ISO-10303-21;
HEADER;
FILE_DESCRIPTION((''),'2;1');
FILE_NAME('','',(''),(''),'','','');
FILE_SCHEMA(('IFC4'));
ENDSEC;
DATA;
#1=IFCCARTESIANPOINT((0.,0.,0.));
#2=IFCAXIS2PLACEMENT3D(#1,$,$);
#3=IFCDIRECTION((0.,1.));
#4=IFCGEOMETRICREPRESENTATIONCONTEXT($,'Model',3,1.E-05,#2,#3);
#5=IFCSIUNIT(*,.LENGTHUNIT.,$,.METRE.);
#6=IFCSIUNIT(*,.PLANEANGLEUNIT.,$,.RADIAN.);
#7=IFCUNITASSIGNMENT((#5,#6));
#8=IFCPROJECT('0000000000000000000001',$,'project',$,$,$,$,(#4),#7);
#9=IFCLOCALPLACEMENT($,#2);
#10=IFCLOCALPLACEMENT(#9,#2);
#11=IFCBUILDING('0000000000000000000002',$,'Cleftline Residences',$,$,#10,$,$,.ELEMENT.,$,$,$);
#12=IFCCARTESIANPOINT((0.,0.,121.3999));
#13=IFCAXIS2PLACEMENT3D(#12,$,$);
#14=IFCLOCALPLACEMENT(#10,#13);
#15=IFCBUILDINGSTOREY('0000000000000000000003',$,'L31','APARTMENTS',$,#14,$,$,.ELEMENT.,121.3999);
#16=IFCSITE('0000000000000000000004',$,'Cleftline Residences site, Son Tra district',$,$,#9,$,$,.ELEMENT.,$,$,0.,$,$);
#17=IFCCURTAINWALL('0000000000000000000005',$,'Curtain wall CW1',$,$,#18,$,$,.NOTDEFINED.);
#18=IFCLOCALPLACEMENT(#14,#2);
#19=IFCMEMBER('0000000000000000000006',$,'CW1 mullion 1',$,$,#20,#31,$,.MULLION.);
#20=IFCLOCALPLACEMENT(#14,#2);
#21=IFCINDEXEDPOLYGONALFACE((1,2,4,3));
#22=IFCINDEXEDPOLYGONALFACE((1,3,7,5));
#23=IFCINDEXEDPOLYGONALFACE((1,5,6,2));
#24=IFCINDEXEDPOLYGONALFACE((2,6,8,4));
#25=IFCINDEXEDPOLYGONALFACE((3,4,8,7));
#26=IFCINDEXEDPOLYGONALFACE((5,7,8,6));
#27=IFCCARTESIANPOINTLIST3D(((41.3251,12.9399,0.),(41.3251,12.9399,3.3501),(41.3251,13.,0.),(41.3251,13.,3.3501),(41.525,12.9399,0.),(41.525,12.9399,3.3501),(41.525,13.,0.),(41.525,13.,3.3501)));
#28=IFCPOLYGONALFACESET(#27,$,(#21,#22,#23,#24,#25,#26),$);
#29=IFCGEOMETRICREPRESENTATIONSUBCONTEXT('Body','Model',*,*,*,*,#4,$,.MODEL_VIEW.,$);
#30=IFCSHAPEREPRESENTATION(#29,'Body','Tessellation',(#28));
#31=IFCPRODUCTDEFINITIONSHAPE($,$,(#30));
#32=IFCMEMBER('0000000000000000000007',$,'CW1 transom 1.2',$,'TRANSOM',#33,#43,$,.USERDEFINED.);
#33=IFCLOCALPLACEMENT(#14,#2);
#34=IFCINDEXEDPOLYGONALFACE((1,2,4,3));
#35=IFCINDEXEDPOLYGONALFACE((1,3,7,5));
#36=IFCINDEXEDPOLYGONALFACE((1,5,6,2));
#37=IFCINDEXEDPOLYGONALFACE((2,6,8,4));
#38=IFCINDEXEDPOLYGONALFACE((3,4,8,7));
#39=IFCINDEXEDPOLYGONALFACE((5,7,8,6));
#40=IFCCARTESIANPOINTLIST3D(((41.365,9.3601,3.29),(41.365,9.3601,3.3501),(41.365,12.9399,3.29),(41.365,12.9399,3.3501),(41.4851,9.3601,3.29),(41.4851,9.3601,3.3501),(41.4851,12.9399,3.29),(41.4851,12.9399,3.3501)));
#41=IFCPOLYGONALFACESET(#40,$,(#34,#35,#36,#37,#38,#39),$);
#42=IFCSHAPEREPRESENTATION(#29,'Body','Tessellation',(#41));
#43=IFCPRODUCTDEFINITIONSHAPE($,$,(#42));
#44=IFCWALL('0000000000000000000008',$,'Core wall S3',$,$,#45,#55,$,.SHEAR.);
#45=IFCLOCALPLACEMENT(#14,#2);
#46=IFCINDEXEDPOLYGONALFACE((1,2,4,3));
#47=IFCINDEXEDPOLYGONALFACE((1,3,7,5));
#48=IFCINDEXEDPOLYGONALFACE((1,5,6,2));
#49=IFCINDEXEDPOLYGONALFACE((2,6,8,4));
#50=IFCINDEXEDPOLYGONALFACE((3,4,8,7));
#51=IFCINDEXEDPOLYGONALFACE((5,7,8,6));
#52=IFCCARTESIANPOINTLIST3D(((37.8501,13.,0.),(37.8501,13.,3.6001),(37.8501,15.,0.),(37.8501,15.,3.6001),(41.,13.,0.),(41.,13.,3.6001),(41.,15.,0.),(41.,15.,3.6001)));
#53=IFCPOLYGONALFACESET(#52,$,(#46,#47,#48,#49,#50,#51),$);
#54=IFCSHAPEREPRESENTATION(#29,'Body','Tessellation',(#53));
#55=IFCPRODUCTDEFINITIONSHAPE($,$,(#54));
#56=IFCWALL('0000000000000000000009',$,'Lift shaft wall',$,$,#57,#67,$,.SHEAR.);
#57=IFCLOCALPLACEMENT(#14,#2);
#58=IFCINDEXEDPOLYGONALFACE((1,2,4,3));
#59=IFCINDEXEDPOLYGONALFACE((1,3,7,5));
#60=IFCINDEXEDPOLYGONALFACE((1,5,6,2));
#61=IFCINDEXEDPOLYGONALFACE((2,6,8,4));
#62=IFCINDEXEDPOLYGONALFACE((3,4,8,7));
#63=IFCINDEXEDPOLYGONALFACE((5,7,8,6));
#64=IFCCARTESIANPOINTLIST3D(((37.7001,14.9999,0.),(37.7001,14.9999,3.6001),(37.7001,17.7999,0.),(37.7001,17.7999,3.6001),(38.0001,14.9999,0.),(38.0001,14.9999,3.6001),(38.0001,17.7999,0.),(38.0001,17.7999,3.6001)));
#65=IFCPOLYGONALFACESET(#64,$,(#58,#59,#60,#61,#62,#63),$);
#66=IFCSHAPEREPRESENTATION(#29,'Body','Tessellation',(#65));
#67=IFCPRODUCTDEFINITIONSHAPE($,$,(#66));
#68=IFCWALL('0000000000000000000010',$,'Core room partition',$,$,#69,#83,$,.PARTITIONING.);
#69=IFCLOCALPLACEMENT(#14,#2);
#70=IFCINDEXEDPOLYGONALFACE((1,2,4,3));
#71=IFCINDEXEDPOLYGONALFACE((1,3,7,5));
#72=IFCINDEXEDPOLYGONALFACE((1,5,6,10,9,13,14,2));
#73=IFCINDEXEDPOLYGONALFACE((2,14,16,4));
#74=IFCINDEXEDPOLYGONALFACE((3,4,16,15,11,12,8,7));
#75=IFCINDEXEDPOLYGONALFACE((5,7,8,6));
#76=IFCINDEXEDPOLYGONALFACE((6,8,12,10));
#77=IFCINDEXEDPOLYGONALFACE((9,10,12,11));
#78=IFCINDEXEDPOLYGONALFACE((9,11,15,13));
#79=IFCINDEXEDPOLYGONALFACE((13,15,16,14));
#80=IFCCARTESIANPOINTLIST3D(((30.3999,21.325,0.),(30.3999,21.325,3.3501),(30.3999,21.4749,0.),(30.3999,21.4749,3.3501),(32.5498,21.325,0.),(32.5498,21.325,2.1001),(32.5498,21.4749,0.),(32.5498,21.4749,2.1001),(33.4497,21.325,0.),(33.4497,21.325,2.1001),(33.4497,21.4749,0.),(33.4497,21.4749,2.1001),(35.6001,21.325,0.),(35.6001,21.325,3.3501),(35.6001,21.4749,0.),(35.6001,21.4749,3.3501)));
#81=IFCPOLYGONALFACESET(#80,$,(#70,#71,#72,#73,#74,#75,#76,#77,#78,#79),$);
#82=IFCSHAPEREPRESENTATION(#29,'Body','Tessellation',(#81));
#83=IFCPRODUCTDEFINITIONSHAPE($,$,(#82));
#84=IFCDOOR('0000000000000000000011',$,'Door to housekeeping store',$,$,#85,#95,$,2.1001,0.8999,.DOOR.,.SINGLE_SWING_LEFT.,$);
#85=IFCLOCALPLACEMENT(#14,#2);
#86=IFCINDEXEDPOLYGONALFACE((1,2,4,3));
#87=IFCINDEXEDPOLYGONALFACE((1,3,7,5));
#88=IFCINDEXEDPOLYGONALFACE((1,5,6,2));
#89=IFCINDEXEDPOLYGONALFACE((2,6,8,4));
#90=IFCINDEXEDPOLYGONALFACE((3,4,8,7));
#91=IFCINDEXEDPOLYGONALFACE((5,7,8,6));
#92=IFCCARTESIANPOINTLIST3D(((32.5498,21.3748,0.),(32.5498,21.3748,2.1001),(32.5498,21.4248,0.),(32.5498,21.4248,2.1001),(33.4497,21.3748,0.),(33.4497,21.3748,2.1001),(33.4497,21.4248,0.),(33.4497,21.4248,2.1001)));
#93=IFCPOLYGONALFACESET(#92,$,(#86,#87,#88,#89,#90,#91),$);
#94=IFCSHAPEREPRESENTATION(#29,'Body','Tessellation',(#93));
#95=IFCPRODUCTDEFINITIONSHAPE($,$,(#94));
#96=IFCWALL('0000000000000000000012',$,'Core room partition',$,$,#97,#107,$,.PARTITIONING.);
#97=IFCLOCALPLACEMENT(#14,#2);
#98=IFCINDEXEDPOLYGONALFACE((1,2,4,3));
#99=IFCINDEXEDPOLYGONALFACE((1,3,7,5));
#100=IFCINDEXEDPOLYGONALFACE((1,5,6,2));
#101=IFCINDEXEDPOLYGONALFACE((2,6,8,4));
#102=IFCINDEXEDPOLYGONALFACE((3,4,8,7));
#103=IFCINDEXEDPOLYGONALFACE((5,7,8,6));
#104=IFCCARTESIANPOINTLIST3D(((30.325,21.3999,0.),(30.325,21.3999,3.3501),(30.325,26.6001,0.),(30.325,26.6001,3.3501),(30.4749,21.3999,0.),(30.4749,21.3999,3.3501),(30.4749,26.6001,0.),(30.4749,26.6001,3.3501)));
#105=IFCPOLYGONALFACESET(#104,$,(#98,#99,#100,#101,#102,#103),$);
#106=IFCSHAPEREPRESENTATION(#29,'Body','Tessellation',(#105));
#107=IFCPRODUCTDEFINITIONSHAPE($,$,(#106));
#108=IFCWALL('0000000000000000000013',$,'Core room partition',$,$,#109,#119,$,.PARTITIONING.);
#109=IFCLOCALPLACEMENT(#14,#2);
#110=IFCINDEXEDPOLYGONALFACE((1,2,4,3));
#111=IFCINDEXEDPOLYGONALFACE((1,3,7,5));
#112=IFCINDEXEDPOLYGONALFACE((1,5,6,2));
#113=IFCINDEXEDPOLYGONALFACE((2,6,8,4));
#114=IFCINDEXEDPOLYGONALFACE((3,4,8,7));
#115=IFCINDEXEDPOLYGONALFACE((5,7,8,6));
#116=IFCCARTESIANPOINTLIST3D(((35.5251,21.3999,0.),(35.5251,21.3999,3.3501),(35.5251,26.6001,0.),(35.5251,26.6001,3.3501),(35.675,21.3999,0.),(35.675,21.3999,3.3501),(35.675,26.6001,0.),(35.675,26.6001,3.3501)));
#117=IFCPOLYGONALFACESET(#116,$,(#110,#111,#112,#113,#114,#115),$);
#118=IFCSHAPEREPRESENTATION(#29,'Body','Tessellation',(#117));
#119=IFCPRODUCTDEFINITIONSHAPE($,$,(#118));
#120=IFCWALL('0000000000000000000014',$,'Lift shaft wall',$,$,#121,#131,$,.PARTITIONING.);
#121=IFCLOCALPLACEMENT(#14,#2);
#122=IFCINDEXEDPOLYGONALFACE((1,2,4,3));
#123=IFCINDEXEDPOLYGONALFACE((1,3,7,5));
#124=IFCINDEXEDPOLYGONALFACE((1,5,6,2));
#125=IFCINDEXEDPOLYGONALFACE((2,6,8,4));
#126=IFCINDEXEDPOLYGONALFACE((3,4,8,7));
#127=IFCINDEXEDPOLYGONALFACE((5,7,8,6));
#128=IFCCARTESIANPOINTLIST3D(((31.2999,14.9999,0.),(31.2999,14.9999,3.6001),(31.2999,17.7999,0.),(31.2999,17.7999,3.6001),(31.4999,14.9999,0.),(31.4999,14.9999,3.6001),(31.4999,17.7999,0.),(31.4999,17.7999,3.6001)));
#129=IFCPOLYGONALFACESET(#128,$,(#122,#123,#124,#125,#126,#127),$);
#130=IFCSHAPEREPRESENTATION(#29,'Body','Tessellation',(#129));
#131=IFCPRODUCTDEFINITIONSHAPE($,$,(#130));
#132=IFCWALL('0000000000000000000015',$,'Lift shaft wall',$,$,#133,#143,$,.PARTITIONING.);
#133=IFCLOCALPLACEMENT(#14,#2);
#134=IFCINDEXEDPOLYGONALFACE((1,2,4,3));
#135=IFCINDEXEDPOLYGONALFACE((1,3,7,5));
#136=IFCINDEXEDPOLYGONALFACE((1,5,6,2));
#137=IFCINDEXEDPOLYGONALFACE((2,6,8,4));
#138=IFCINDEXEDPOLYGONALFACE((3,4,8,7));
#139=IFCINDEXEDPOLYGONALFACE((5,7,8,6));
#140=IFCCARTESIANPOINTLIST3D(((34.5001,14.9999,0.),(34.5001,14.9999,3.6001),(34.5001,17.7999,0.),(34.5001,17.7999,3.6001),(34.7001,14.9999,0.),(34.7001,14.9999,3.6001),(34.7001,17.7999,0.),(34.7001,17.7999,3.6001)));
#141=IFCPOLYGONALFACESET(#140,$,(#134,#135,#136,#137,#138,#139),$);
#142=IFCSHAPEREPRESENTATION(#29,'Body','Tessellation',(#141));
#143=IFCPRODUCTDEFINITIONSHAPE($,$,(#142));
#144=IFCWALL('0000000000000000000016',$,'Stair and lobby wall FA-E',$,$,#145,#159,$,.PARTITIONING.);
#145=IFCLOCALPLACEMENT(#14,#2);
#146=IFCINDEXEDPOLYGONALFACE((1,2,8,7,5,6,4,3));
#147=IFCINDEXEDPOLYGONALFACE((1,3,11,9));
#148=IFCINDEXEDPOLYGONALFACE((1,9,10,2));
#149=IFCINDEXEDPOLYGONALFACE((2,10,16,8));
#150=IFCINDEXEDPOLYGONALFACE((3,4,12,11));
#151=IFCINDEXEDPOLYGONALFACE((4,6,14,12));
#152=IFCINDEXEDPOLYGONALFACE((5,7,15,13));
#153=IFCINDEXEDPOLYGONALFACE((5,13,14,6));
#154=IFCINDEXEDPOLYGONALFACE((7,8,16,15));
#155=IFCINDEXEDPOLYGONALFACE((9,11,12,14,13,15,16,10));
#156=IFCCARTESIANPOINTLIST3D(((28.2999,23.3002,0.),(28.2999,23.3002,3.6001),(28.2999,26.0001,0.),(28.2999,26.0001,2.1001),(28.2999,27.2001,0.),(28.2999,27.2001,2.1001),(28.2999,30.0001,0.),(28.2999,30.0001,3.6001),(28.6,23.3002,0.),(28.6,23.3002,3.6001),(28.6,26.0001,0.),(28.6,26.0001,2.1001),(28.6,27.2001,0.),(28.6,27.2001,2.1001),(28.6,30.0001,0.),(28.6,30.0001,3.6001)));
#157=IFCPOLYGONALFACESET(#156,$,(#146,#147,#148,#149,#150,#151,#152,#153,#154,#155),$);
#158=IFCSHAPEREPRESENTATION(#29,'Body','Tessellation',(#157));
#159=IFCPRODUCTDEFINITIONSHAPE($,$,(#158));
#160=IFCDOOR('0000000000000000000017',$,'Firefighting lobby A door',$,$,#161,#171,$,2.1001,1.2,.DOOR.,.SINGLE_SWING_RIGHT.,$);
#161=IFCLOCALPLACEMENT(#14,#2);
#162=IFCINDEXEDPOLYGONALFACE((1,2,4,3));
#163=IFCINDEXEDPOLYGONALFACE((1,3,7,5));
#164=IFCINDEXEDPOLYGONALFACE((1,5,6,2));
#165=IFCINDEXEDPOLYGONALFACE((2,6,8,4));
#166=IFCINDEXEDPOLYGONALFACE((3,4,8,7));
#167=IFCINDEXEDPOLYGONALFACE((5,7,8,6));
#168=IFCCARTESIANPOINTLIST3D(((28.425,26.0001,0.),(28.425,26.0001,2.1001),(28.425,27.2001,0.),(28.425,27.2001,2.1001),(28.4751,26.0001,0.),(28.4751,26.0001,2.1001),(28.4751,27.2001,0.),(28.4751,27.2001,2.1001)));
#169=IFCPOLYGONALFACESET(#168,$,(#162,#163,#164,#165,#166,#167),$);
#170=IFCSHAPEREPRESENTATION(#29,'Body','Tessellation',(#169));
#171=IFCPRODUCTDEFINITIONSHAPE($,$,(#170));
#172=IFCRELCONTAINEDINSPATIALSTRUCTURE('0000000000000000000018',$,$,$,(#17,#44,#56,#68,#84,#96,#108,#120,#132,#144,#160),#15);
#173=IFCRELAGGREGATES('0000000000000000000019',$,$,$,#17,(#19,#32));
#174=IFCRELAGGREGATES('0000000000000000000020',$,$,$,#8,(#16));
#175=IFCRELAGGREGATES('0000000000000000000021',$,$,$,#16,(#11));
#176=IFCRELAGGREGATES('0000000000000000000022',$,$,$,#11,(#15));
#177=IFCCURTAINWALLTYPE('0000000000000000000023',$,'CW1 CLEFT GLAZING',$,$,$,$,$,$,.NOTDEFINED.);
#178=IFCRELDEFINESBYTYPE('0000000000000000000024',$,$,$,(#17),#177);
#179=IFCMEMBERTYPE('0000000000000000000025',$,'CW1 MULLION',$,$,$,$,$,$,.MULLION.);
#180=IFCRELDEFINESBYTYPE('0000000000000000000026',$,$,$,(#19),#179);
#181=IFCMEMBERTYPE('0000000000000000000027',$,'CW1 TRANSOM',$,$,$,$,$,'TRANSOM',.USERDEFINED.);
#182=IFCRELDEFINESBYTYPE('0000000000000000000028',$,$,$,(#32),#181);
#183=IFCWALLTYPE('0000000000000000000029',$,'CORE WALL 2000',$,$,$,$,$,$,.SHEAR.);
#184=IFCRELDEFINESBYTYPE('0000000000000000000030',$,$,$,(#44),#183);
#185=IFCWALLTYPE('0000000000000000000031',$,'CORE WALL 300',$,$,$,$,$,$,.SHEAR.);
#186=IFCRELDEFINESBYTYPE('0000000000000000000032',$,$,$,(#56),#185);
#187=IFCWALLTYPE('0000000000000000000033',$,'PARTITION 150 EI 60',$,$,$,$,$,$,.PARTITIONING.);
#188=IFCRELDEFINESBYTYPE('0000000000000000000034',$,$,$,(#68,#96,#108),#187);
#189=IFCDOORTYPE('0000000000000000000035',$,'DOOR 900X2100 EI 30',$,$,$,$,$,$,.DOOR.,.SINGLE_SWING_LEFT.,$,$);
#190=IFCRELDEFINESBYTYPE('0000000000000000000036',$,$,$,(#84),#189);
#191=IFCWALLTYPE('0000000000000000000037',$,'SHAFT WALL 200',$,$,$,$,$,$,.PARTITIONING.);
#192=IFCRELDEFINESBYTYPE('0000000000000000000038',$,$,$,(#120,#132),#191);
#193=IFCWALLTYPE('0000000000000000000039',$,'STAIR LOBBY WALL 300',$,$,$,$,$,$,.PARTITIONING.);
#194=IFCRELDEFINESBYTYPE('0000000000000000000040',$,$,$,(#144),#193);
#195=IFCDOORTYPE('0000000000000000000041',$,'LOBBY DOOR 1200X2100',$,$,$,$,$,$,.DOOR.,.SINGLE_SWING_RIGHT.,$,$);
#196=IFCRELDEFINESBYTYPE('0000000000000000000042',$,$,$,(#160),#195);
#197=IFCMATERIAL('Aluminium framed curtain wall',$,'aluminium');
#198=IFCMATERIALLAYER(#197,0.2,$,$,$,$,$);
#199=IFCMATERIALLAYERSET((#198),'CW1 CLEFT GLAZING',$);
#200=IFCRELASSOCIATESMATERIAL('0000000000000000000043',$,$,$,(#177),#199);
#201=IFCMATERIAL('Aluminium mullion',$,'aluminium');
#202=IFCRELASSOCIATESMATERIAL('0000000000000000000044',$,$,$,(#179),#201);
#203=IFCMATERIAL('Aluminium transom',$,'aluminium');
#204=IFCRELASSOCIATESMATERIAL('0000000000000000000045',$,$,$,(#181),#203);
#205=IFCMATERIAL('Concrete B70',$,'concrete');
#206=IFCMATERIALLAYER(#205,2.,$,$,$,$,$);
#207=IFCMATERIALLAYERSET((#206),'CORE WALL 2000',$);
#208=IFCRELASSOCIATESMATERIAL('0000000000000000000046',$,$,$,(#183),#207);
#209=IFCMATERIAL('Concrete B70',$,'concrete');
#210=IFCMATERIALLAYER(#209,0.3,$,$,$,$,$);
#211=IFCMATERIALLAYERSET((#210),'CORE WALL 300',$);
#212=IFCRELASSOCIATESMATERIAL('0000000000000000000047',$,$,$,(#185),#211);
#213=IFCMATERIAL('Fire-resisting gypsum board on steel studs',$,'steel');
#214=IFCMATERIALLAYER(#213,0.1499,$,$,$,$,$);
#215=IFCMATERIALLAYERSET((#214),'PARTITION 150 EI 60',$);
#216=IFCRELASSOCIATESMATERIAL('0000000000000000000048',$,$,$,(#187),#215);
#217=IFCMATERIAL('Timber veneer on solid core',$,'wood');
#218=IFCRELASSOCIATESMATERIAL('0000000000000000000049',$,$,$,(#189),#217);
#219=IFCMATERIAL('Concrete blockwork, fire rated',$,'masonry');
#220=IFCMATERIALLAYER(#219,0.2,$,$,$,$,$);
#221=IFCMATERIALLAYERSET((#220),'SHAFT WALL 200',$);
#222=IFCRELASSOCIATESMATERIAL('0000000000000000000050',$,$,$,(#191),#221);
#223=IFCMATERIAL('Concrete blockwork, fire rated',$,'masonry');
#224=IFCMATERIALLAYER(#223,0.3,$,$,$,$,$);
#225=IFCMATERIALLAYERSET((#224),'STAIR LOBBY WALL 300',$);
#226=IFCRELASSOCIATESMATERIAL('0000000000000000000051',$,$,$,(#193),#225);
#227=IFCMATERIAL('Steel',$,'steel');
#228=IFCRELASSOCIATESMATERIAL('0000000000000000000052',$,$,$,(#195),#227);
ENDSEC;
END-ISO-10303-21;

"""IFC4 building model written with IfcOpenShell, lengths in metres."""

from ifc_helpers import new_model, si_unit, direction, frame, frame_2d, origin, origin_2d, place, context, subcontext, project, spatial, rectangle, extrude, material, layer, layer_set, material_profile, profile_set, type_object, element, fill, aggregate, save


model = new_model("IFC4")

# Units and contexts
model_context = context("Model", 3, precision=1e-05, world=origin(), true_north=direction((0.0, 1.0)))
body_context = subcontext(model_context, "Body", "Model", "MODEL_VIEW")
ifc_project = project(units=[si_unit("LENGTHUNIT", "METRE"), si_unit("PLANEANGLEUNIT", "RADIAN")], contexts=[model_context])

# Site, building, storey
site_placement = place(None, origin())
site = spatial("IfcSite", under=ifc_project, at=site_placement, Name="Cleftline Residences site, Son Tra district", CompositionType="ELEMENT", RefElevation=0.0)
building_placement = place(site_placement, origin())
building = spatial("IfcBuilding", under=site, at=building_placement, Name="Cleftline Residences", CompositionType="ELEMENT")
storey_placement = place(building_placement, frame((0.0, 0.0, 121.3999)))
storey = spatial("IfcBuildingStorey", under=building, at=storey_placement, Name="L31", Description="APARTMENTS", CompositionType="ELEMENT", Elevation=121.3999)

# Curtain wall, members
ifc_material_1 = material(Name="Aluminium framed curtain wall", Category="aluminium")
ifc_layer_1 = layer(ifc_material_1, 0.2)
ifc_layer_set_1 = layer_set([ifc_layer_1], Name="CW1 CLEFT GLAZING")
curtain_wall_type = type_object("IfcCurtainWallType", Name="CW1 CLEFT GLAZING", PredefinedType="NOTDEFINED", material=ifc_layer_set_1)
curtain_wall_placement = place(storey_placement, origin())
curtain_wall = element("IfcCurtainWall", 1, at=curtain_wall_placement, inside=storey, type_object=curtain_wall_type, Name="Curtain wall CW1", PredefinedType="NOTDEFINED")
ifc_material_2 = material(Name="Aluminium mullion", Category="aluminium")
ifc_material_profile_1 = material_profile(ifc_material_2, rectangle(XDim=0.2, YDim=0.0601, at=origin_2d()))
ifc_profile_set_1 = profile_set([ifc_material_profile_1], Name="Aluminium mullion")
member_type_1 = type_object("IfcMemberType", Name="CW1 MULLION", PredefinedType="MULLION", material=ifc_profile_set_1)
member_1_placement = place(storey_placement, frame((41.425, 12.97, 0.0), z_axis=(0.0, 0.0, 1.0), x_axis=(1.0, 0.0, 0.0)))
member_1 = element("IfcMember", 2, at=member_1_placement, type_object=member_type_1, Name="CW1 mullion 1", PredefinedType="MULLION", context=body_context, shape_type="SweptSolid", body=[
    extrude(rectangle(XDim=0.2, YDim=0.0601, at=origin_2d()), origin(), (0.0, 0.0, 1.0), 3.3501),
])
ifc_material_3 = material(Name="Aluminium transom", Category="aluminium")
ifc_material_profile_2 = material_profile(ifc_material_3, rectangle(XDim=0.1201, YDim=0.0601, at=origin_2d()))
ifc_profile_set_2 = profile_set([ifc_material_profile_2], Name="Aluminium transom")
member_type_2 = type_object("IfcMemberType", Name="CW1 TRANSOM", ElementType="TRANSOM", PredefinedType="USERDEFINED", material=ifc_profile_set_2)
member_2_placement = place(storey_placement, frame((41.425, 12.9399, 3.3201), z_axis=(0.0, -1.0, 0.0), x_axis=(1.0, 0.0, 0.0)))
member_2 = element("IfcMember", 3, at=member_2_placement, type_object=member_type_2, Name="CW1 transom 1.2", ObjectType="TRANSOM", PredefinedType="USERDEFINED", context=body_context, shape_type="SweptSolid", body=[
    extrude(rectangle(XDim=0.1201, YDim=0.0601, at=origin_2d()), origin(), (0.0, 0.0, 1.0), 3.5798),
])
aggregate(curtain_wall, [member_1, member_2])

# Walls
ifc_material_4 = material(Name="Concrete B70", Category="concrete")
ifc_layer_2 = layer(ifc_material_4, 2.0)
ifc_layer_set_2 = layer_set([ifc_layer_2], Name="CORE WALL 2000")
wall_type_1 = type_object("IfcWallType", Name="CORE WALL 2000", PredefinedType="SHEAR", material=ifc_layer_set_2)
wall_1_placement = place(storey_placement, frame((37.8501, 14.0, 0.0), z_axis=(0.0, 0.0, 1.0), x_axis=(1.0, 0.0, 0.0)))
element("IfcWall", 4, at=wall_1_placement, inside=storey, type_object=wall_type_1, Name="Core wall S3", PredefinedType="SHEAR", context=body_context, shape_type="SweptSolid", body=[
    extrude(rectangle(XDim=3.1499, YDim=2.0, at=frame_2d((1.575, 0.0))), origin(), (0.0, 0.0, 1.0), 3.6001),
])
ifc_material_5 = material(Name="Concrete B70", Category="concrete")
ifc_layer_3 = layer(ifc_material_5, 0.3)
ifc_layer_set_3 = layer_set([ifc_layer_3], Name="CORE WALL 300")
wall_type_2 = type_object("IfcWallType", Name="CORE WALL 300", PredefinedType="SHEAR", material=ifc_layer_set_3)
wall_2_placement = place(storey_placement, frame((37.8501, 15.0, 0.0), z_axis=(0.0, 0.0, 1.0), x_axis=(0.0, 1.0, 0.0)))
element("IfcWall", 5, at=wall_2_placement, inside=storey, type_object=wall_type_2, Name="Lift shaft wall", PredefinedType="SHEAR", context=body_context, shape_type="SweptSolid", body=[
    extrude(rectangle(XDim=2.8, YDim=0.3, at=frame_2d((1.3999, 0.0))), origin(), (0.0, 0.0, 1.0), 3.6001),
])

# Wall, opening, door
ifc_material_6 = material(Name="Fire-resisting gypsum board on steel studs", Category="steel")
ifc_layer_4 = layer(ifc_material_6, 0.1499)
ifc_layer_set_4 = layer_set([ifc_layer_4], Name="PARTITION 150 EI 60")
wall_type_3 = type_object("IfcWallType", Name="PARTITION 150 EI 60", PredefinedType="PARTITIONING", material=ifc_layer_set_4)
wall_3_placement = place(storey_placement, frame((30.3999, 21.3999, 0.0), z_axis=(0.0, 0.0, 1.0), x_axis=(1.0, 0.0, 0.0)))
wall_3 = element("IfcWall", 6, at=wall_3_placement, inside=storey, type_object=wall_type_3, Name="Core room partition", PredefinedType="PARTITIONING", context=body_context, shape_type="SweptSolid", body=[
    extrude(rectangle(XDim=5.2002, YDim=0.1499, at=frame_2d((2.6001, 0.0))), origin(), (0.0, 0.0, 1.0), 3.3501),
])
opening_1_placement = place(wall_3_placement, frame((2.1499, 0.0, 0.0)))
opening_1 = element("IfcOpeningElement", 7, at=opening_1_placement, cuts=wall_3, PredefinedType="OPENING", context=body_context, shape_type="SweptSolid", body=[
    extrude(rectangle(XDim=0.8999, YDim=2.1001, at=frame_2d((0.45, 1.05))), frame((0.0, 0.085, 0.0), z_axis=(0.0, -1.0, 0.0), x_axis=(1.0, 0.0, 0.0)), (0.0, 0.0, 1.0), 0.1699),
])
ifc_material_7 = material(Name="Timber veneer on solid core", Category="wood")
door_type_1 = type_object("IfcDoorType", Name="DOOR 900X2100 EI 30", OperationType="SINGLE_SWING_LEFT", PredefinedType="DOOR", material=ifc_material_7)
door_1_placement = place(opening_1_placement, origin())
door_1 = element("IfcDoor", 8, at=door_1_placement, inside=storey, type_object=door_type_1, Name="Door to housekeeping store", OperationType="SINGLE_SWING_LEFT", OverallHeight=2.1001, OverallWidth=0.8999, PredefinedType="DOOR", context=body_context, shape_type="SweptSolid", body=[
    extrude(rectangle(XDim=0.8999, YDim=2.1001, at=frame_2d((0.45, 1.05))), frame((0.0, 0.0249, 0.0), z_axis=(0.0, -1.0, 0.0), x_axis=(1.0, 0.0, 0.0)), (0.0, 0.0, 1.0), 0.05),
])
fill(opening_1, door_1)

# Walls
for number, where, z_axis, x_axis, name in (
    (9, (30.3999, 21.3999, 0.0), (0.0, 0.0, 1.0), (0.0, 1.0, 0.0), "Core room partition"),
    (10, (35.6001, 21.3999, 0.0), (0.0, 0.0, 1.0), (0.0, 1.0, 0.0), "Core room partition"),
):
    element("IfcWall", number, at=place(storey_placement, frame(where, z_axis=z_axis, x_axis=x_axis)), inside=storey, type_object=wall_type_3, Name=name, PredefinedType="PARTITIONING", context=body_context, shape_type="SweptSolid", body=[
        extrude(rectangle(XDim=5.2002, YDim=0.1499, at=frame_2d((2.6001, 0.0))), origin(), (0.0, 0.0, 1.0), 3.3501),
    ])
ifc_material_8 = material(Name="Concrete blockwork, fire rated", Category="masonry")
ifc_layer_5 = layer(ifc_material_8, 0.2)
ifc_layer_set_5 = layer_set([ifc_layer_5], Name="SHAFT WALL 200")
wall_type_4 = type_object("IfcWallType", Name="SHAFT WALL 200", PredefinedType="PARTITIONING", material=ifc_layer_set_5)
for number, where, z_axis, x_axis, name in (
    (11, (31.3999, 15.0, 0.0), (0.0, 0.0, 1.0), (0.0, 1.0, 0.0), "Lift shaft wall"),
    (12, (34.6001, 15.0, 0.0), (0.0, 0.0, 1.0), (0.0, 1.0, 0.0), "Lift shaft wall"),
):
    element("IfcWall", number, at=place(storey_placement, frame(where, z_axis=z_axis, x_axis=x_axis)), inside=storey, type_object=wall_type_4, Name=name, PredefinedType="PARTITIONING", context=body_context, shape_type="SweptSolid", body=[
        extrude(rectangle(XDim=2.8, YDim=0.2, at=frame_2d((1.3999, 0.0))), origin(), (0.0, 0.0, 1.0), 3.6001),
    ])

# Wall, opening, door
ifc_material_9 = material(Name="Concrete blockwork, fire rated", Category="masonry")
ifc_layer_6 = layer(ifc_material_9, 0.3)
ifc_layer_set_6 = layer_set([ifc_layer_6], Name="STAIR LOBBY WALL 300")
wall_type_5 = type_object("IfcWallType", Name="STAIR LOBBY WALL 300", PredefinedType="PARTITIONING", material=ifc_layer_set_6)
wall_4_placement = place(storey_placement, frame((28.45, 23.3, 0.0), z_axis=(0.0, 0.0, 1.0), x_axis=(0.0, 1.0, 0.0)))
wall_4 = element("IfcWall", 13, at=wall_4_placement, inside=storey, type_object=wall_type_5, Name="Stair and lobby wall FA-E", PredefinedType="PARTITIONING", context=body_context, shape_type="SweptSolid", body=[
    extrude(rectangle(XDim=6.7, YDim=0.3, at=frame_2d((3.3501, 0.0))), origin(), (0.0, 0.0, 1.0), 3.6001),
])
opening_2_placement = place(wall_4_placement, frame((2.7, 0.0, 0.0)))
opening_2 = element("IfcOpeningElement", 14, at=opening_2_placement, cuts=wall_4, PredefinedType="OPENING", context=body_context, shape_type="SweptSolid", body=[
    extrude(rectangle(XDim=1.2, YDim=2.1001, at=frame_2d((0.6001, 1.05))), frame((0.0, 0.1599, 0.0), z_axis=(0.0, -1.0, 0.0), x_axis=(1.0, 0.0, 0.0)), (0.0, 0.0, 1.0), 0.3201),
])
ifc_material_10 = material(Name="Steel", Category="steel")
door_type_2 = type_object("IfcDoorType", Name="LOBBY DOOR 1200X2100", OperationType="SINGLE_SWING_RIGHT", PredefinedType="DOOR", material=ifc_material_10)
door_2_placement = place(opening_2_placement, origin())
door_2 = element("IfcDoor", 15, at=door_2_placement, inside=storey, type_object=door_type_2, Name="Firefighting lobby A door", OperationType="SINGLE_SWING_RIGHT", OverallHeight=2.1001, OverallWidth=1.2, PredefinedType="DOOR", context=body_context, shape_type="SweptSolid", body=[
    extrude(rectangle(XDim=1.2, YDim=2.1001, at=frame_2d((0.6001, 1.05))), frame((0.0, 0.0249, 0.0), z_axis=(0.0, -1.0, 0.0), x_axis=(1.0, 0.0, 0.0)), (0.0, 0.0, 1.0), 0.05),
])
fill(opening_2, door_2)

save(model, "model.ifc")
